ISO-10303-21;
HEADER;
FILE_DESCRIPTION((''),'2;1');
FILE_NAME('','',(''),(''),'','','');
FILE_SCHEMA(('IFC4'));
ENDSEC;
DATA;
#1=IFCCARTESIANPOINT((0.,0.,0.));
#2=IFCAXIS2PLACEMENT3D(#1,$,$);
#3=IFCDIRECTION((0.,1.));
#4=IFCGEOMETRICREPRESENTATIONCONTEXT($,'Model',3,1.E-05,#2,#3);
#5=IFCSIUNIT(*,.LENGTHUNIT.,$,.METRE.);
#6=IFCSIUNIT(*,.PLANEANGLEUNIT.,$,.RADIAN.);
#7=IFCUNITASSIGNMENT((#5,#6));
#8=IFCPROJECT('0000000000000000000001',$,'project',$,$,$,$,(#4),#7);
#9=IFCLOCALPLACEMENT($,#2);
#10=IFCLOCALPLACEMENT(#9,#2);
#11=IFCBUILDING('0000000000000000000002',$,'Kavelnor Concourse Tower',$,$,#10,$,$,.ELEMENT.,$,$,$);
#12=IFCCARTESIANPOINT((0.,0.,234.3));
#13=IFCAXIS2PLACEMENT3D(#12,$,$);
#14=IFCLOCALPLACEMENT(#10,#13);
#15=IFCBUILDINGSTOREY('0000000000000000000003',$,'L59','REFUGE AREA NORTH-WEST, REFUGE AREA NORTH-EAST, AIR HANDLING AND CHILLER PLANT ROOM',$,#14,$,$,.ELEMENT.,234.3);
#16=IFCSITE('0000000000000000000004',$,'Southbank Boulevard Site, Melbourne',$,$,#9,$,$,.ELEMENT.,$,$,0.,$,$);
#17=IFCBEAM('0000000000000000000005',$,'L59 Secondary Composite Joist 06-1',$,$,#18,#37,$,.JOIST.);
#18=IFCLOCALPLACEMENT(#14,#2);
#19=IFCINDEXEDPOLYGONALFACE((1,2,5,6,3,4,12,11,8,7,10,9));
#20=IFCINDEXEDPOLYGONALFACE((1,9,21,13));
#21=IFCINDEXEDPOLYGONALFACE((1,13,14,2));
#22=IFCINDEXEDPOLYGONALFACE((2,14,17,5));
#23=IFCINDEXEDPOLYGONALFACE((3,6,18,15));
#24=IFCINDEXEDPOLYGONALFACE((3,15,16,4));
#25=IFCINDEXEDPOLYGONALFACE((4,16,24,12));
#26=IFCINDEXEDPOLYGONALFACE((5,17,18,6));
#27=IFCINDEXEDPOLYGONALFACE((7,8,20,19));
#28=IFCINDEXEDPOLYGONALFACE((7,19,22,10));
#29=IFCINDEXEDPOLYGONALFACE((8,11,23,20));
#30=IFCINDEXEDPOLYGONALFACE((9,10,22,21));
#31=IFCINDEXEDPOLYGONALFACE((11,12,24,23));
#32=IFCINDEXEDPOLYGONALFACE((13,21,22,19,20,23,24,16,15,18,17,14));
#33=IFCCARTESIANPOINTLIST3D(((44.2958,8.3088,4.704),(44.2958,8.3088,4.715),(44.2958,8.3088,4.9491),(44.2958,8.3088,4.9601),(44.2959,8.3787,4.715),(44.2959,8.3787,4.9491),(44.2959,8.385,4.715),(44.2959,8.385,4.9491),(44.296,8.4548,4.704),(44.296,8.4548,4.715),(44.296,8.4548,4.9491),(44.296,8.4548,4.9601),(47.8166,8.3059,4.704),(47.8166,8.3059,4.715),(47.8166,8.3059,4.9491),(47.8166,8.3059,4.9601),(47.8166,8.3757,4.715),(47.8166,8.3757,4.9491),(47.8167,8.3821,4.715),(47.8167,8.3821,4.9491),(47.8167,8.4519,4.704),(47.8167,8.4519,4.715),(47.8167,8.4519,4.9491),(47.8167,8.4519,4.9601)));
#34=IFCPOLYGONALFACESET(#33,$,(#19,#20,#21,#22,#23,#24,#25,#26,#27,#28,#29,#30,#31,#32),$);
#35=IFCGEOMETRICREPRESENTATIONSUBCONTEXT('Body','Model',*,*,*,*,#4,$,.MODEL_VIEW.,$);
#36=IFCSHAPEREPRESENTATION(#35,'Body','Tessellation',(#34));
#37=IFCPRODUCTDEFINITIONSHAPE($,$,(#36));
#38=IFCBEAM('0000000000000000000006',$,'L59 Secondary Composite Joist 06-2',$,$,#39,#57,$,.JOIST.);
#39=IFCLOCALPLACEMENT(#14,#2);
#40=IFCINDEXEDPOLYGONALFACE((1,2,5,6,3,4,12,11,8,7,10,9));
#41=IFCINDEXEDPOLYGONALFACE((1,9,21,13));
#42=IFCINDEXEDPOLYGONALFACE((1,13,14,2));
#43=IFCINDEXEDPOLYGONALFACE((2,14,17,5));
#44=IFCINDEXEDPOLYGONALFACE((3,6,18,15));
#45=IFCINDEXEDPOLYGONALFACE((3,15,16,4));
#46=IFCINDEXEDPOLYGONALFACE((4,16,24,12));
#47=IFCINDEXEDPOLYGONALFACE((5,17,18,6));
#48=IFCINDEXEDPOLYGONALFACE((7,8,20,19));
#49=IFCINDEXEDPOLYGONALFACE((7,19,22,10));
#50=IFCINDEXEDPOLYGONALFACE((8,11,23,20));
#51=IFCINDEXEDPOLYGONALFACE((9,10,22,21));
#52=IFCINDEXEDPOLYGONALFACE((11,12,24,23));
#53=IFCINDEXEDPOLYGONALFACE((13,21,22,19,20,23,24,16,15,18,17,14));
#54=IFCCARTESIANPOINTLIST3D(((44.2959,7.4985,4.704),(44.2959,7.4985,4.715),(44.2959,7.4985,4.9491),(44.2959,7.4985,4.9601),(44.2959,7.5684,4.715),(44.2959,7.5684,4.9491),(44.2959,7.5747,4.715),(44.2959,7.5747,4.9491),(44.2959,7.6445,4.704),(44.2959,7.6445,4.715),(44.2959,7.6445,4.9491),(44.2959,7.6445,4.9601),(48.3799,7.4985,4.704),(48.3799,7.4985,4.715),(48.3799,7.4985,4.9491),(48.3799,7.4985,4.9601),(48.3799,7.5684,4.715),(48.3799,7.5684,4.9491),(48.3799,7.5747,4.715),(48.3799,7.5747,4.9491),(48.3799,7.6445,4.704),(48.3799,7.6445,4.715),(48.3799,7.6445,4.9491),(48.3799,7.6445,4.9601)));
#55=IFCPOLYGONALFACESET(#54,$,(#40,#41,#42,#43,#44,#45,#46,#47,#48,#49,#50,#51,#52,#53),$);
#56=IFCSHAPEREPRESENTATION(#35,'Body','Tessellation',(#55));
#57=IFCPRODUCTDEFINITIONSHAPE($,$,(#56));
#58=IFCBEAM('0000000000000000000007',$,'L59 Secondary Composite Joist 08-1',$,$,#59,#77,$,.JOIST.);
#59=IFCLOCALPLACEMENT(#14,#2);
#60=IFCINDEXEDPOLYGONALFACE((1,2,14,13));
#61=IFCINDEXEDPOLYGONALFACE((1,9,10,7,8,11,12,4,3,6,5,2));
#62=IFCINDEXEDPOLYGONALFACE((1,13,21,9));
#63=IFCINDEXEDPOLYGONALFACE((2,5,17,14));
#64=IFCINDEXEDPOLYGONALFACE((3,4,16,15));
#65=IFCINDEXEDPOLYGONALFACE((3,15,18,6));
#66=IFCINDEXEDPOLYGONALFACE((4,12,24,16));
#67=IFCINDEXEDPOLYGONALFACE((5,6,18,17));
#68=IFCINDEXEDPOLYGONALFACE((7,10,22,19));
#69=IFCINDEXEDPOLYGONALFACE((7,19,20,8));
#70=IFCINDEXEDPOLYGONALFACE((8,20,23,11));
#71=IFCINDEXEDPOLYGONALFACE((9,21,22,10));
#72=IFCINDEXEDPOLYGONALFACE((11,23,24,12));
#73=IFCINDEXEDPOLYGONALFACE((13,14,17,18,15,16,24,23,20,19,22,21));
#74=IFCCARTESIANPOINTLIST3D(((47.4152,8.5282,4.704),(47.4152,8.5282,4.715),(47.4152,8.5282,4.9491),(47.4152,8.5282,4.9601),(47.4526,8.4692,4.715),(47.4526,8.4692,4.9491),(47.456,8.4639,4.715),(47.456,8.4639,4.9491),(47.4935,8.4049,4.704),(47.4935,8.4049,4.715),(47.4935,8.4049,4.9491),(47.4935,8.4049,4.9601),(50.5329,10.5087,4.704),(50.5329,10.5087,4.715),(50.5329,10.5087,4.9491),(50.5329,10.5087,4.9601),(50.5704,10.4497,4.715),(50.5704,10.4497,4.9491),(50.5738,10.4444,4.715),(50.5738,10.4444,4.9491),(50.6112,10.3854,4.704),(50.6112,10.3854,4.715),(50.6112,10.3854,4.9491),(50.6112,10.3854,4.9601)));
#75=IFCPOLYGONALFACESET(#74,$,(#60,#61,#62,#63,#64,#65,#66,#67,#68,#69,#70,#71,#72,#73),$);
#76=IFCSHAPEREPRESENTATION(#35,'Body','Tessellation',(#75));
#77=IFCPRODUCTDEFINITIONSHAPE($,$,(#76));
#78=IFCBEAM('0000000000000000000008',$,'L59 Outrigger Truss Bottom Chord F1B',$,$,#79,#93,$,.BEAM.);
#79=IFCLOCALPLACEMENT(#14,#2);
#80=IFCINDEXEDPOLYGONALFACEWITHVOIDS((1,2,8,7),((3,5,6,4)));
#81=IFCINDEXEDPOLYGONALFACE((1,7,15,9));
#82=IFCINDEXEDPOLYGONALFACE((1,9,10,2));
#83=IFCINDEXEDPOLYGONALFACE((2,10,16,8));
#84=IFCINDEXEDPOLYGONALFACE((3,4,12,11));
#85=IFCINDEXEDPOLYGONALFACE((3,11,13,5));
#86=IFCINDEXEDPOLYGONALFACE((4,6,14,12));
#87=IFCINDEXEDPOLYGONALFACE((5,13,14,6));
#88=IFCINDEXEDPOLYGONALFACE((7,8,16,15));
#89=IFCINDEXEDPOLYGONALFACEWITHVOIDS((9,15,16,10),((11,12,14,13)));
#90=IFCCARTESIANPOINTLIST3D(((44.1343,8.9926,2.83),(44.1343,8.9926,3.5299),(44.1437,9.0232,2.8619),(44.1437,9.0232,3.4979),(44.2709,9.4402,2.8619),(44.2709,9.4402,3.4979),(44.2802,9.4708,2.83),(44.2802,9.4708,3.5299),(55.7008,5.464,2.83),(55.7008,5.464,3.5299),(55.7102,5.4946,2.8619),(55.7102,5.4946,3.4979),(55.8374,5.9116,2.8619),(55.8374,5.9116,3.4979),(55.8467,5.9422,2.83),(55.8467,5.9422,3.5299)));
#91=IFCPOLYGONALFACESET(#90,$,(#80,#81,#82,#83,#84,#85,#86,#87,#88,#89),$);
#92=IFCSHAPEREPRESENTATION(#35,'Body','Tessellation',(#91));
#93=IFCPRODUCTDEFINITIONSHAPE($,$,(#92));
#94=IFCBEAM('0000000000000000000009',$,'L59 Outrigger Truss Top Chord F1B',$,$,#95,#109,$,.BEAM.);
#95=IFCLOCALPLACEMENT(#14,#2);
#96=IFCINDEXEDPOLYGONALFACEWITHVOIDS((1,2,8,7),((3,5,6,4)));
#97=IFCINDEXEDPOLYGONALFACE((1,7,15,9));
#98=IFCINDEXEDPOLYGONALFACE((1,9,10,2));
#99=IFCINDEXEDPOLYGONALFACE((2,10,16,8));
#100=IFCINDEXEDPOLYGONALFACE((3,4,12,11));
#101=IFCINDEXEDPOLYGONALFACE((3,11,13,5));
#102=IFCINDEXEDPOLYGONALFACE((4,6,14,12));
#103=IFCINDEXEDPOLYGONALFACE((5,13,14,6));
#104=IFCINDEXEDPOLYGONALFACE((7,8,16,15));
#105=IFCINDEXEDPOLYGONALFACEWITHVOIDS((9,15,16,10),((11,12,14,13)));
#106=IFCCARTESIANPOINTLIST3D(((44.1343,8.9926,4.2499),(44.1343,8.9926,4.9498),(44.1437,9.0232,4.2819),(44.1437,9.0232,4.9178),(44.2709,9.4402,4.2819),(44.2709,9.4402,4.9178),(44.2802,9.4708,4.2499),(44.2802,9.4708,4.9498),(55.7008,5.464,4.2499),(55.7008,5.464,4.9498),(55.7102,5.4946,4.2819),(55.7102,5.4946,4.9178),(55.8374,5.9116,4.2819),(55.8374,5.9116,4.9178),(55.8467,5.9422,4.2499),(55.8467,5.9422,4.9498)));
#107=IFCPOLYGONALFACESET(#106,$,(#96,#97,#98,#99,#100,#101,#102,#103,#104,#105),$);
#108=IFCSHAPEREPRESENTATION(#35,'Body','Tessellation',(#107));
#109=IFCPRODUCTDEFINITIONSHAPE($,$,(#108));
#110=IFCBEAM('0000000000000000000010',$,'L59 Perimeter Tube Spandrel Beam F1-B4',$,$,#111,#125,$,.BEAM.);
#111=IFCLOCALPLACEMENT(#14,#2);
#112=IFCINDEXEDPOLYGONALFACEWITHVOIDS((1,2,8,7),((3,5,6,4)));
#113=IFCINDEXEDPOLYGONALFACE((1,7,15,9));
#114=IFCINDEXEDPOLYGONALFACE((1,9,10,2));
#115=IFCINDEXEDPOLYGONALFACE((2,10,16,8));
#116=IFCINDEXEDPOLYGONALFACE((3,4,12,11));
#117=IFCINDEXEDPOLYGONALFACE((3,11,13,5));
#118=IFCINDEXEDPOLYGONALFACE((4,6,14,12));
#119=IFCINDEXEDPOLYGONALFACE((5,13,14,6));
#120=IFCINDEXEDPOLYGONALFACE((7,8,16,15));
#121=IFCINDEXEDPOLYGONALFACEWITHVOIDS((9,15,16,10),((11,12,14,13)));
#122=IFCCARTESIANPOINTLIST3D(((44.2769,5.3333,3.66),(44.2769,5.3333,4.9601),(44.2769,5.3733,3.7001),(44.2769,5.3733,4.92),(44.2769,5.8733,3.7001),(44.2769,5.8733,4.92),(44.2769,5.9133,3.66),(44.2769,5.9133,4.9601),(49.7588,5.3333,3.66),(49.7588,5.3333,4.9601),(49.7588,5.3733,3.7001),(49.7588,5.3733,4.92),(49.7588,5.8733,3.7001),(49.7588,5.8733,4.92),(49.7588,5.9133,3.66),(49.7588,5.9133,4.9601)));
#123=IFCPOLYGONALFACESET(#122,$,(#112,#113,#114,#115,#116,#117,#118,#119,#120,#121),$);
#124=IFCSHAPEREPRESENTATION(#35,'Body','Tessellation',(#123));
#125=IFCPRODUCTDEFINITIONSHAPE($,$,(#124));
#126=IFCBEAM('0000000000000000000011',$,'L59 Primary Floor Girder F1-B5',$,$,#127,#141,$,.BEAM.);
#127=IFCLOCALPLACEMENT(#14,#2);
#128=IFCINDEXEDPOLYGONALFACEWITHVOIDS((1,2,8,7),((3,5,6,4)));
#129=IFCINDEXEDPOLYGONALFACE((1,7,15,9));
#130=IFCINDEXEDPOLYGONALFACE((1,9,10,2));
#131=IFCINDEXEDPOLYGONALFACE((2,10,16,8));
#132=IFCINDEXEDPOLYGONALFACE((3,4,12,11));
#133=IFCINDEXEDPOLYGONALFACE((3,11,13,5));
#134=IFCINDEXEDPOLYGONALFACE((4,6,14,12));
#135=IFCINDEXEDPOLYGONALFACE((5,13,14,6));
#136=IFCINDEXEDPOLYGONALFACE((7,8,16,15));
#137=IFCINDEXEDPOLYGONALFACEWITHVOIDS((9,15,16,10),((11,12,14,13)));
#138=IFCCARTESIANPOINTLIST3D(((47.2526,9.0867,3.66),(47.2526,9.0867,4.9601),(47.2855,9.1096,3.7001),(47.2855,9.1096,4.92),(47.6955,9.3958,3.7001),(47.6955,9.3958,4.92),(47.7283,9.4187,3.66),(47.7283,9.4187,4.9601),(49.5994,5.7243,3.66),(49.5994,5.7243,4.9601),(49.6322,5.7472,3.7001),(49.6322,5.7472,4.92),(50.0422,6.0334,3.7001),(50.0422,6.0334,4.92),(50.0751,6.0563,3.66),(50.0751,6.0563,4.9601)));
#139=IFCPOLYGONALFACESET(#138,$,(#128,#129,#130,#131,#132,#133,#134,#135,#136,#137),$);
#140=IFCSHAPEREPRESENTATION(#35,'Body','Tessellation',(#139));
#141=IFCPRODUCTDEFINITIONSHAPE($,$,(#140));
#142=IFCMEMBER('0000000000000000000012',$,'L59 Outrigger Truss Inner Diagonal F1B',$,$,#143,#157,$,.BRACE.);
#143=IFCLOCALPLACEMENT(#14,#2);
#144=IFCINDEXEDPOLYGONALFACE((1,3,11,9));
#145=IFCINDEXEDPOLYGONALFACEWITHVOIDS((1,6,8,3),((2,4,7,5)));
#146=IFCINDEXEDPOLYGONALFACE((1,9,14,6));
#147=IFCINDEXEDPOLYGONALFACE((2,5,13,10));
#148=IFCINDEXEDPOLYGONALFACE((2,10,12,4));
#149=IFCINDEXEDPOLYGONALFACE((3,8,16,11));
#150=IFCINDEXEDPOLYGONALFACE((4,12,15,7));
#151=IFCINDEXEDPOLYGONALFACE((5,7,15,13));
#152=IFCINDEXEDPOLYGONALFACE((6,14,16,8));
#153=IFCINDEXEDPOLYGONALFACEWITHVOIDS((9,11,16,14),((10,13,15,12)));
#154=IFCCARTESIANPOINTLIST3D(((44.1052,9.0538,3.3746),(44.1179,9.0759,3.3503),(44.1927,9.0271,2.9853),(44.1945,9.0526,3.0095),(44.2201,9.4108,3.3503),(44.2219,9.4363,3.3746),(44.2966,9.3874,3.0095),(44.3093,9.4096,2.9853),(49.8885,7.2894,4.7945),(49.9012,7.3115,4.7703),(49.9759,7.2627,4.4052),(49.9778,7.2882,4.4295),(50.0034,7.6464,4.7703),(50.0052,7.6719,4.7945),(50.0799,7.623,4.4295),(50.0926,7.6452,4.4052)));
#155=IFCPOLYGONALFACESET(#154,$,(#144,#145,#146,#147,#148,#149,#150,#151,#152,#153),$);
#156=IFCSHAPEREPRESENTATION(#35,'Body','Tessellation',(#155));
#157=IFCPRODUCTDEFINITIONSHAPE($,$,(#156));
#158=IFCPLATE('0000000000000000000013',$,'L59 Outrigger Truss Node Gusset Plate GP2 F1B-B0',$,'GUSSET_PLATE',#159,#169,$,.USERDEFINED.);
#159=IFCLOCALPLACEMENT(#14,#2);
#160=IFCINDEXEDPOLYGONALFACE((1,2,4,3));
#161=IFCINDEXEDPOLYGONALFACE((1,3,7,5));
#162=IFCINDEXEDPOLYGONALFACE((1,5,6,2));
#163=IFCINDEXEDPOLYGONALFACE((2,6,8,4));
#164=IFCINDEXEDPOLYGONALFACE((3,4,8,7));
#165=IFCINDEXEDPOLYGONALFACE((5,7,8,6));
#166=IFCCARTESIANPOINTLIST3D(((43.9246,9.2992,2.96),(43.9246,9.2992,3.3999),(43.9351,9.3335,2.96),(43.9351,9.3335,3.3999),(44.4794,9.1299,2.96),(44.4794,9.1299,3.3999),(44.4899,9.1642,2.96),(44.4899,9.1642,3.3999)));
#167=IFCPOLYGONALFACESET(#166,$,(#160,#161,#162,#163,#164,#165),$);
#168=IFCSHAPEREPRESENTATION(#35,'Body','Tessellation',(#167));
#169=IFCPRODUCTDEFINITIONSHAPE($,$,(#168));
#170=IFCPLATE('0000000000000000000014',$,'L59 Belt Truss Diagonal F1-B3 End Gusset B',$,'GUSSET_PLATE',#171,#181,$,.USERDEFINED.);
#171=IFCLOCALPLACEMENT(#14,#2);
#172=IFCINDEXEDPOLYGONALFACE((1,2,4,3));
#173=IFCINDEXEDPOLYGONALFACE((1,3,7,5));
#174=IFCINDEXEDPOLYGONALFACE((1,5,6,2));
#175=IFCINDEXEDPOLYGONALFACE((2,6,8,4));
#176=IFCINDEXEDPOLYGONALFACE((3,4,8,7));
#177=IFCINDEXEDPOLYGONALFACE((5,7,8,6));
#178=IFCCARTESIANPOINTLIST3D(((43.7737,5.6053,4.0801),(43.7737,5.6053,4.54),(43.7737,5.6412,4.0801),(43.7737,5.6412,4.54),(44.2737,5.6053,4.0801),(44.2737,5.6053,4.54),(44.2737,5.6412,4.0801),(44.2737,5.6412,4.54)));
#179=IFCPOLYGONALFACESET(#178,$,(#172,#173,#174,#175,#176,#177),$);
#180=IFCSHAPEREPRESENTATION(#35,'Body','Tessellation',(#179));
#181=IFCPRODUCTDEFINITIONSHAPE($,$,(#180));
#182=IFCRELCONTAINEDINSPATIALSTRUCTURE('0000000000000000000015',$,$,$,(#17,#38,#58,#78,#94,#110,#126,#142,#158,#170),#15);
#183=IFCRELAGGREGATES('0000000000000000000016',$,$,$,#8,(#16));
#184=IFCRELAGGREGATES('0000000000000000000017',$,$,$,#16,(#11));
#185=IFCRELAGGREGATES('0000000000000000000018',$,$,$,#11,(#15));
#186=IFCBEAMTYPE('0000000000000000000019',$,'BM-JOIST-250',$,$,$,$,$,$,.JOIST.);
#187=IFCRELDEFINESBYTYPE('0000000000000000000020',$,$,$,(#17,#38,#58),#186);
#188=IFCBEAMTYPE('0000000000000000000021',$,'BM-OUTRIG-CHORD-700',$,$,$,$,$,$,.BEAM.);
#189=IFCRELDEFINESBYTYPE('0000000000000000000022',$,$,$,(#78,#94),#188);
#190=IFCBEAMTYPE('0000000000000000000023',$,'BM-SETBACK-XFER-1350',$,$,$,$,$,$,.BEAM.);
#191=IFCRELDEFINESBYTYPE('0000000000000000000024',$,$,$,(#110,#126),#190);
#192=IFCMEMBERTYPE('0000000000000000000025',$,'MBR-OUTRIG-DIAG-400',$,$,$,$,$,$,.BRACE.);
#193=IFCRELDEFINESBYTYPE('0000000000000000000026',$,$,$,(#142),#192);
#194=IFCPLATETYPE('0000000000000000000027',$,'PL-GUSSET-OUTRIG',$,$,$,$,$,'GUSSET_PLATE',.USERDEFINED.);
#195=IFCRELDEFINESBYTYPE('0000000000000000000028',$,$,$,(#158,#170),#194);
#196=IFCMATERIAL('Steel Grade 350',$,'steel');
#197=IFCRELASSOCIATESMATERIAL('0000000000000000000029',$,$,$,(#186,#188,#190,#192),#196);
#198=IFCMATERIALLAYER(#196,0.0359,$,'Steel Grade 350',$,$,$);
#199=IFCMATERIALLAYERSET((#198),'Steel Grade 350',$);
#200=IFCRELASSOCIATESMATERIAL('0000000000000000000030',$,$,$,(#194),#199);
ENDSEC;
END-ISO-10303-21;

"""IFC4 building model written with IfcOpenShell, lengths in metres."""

from ifc_helpers import new_model, si_unit, direction, frame, origin, origin_2d, place, context, subcontext, project, spatial, rectangle, hollow_rectangle, i_section, extrude, material, layer, layer_set, material_profile, profile_set, type_object, element, save


model = new_model("IFC4")

# Units and contexts
model_context = context("Model", 3, precision=1e-05, world=origin(), true_north=direction((0.0, 1.0)))
body_context = subcontext(model_context, "Body", "Model", "MODEL_VIEW")
ifc_project = project(units=[si_unit("LENGTHUNIT", "METRE"), si_unit("PLANEANGLEUNIT", "RADIAN")], contexts=[model_context])

# Site, building, storey
site_placement = place(None, origin())
site = spatial("IfcSite", under=ifc_project, at=site_placement, Name="Southbank Boulevard Site, Melbourne", CompositionType="ELEMENT", RefElevation=0.0)
building_placement = place(site_placement, origin())
building = spatial("IfcBuilding", under=site, at=building_placement, Name="Kavelnor Concourse Tower", CompositionType="ELEMENT")
storey_placement = place(building_placement, frame((0.0, 0.0, 234.3)))
storey = spatial("IfcBuildingStorey", under=building, at=storey_placement, Name="L59", Description="REFUGE AREA NORTH-WEST, REFUGE AREA NORTH-EAST, AIR HANDLING AND CHILLER PLANT ROOM", CompositionType="ELEMENT", Elevation=234.3)

# Beams
ifc_material_1 = material(Name="Steel Grade 350", Category="steel")
ifc_material_profile_1 = material_profile(ifc_material_1, i_section(OverallWidth=0.146, OverallDepth=0.2561, WebThickness=0.0063, FlangeThickness=0.011, at=origin_2d()), Name="250UB37")
ifc_profile_set_1 = profile_set([ifc_material_profile_1], Name="Steel Grade 350")
beam_type_1 = type_object("IfcBeamType", Name="BM-JOIST-250", PredefinedType="JOIST", material=ifc_profile_set_1)
beam_1_placement = place(storey_placement, frame((44.2959, 8.3818, 4.832), z_axis=(1.0, -0.000832, 0.0), x_axis=(0.000832, 1.0, 0.0)))
element("IfcBeam", 1, at=beam_1_placement, inside=storey, type_object=beam_type_1, Name="L59 Secondary Composite Joist 06-1", PredefinedType="JOIST", context=body_context, shape_type="SweptSolid", body=[
    extrude(i_section(OverallWidth=0.146, OverallDepth=0.2561, WebThickness=0.0063, FlangeThickness=0.011, at=origin_2d()), origin(), (0.0, 0.0, 1.0), 3.5208),
])
beam_2_placement = place(storey_placement, frame((44.2959, 7.5715, 4.832), z_axis=(1.0, 0.0, 0.0), x_axis=(0.0, 1.0, 0.0)))
element("IfcBeam", 2, at=beam_2_placement, inside=storey, type_object=beam_type_1, Name="L59 Secondary Composite Joist 06-2", PredefinedType="JOIST", context=body_context, shape_type="SweptSolid", body=[
    extrude(i_section(OverallWidth=0.146, OverallDepth=0.2561, WebThickness=0.0063, FlangeThickness=0.011, at=origin_2d()), origin(), (0.0, 0.0, 1.0), 4.084),
])
beam_3_placement = place(storey_placement, frame((47.4543, 8.4666, 4.832), z_axis=(0.844091, 0.5362, 0.0), x_axis=(-0.5362, 0.844091, 0.0)))
element("IfcBeam", 3, at=beam_3_placement, inside=storey, type_object=beam_type_1, Name="L59 Secondary Composite Joist 08-1", PredefinedType="JOIST", context=body_context, shape_type="SweptSolid", body=[
    extrude(i_section(OverallWidth=0.146, OverallDepth=0.2561, WebThickness=0.0063, FlangeThickness=0.011, at=origin_2d()), origin(), (0.0, 0.0, 1.0), 3.6936),
])
ifc_material_profile_2 = material_profile(ifc_material_1, hollow_rectangle(XDim=0.5, YDim=0.7, WallThickness=0.032, at=origin_2d()), Name="RHS 700x500x32")
ifc_profile_set_2 = profile_set([ifc_material_profile_2], Name="Steel Grade 350")
beam_type_2 = type_object("IfcBeamType", Name="BM-OUTRIG-CHORD-700", PredefinedType="BEAM", material=ifc_profile_set_2)
for number, where, z_axis, x_axis, name in (
    (4, (44.2073, 9.2317, 3.1799), (0.956481, -0.291794, 0.0), (0.291794, 0.956481, 0.0), "L59 Outrigger Truss Bottom Chord F1B"),
    (5, (44.2073, 9.2317, 4.5999), (0.956481, -0.291794, 0.0), (0.291794, 0.956481, 0.0), "L59 Outrigger Truss Top Chord F1B"),
):
    element("IfcBeam", number, at=place(storey_placement, frame(where, z_axis=z_axis, x_axis=x_axis)), inside=storey, type_object=beam_type_2, Name=name, PredefinedType="BEAM", context=body_context, shape_type="SweptSolid", body=[
        extrude(hollow_rectangle(XDim=0.5, YDim=0.7, WallThickness=0.032, at=origin_2d()), origin(), (0.0, 0.0, 1.0), 12.0928),
    ])
ifc_material_profile_3 = material_profile(ifc_material_1, hollow_rectangle(XDim=0.5801, YDim=1.3, WallThickness=0.04, at=origin_2d()), Name="RHS 1300x580x40")
ifc_profile_set_3 = profile_set([ifc_material_profile_3], Name="Steel Grade 350")
beam_type_3 = type_object("IfcBeamType", Name="BM-SETBACK-XFER-1350", PredefinedType="BEAM", material=ifc_profile_set_3)
beam_4_placement = place(storey_placement, frame((44.2769, 5.6233, 4.3101), z_axis=(1.0, 0.0, 0.0), x_axis=(0.0, 1.0, 0.0)))
element("IfcBeam", 6, at=beam_4_placement, inside=storey, type_object=beam_type_3, Name="L59 Perimeter Tube Spandrel Beam F1-B4", PredefinedType="BEAM", context=body_context, shape_type="SweptSolid", body=[
    extrude(hollow_rectangle(XDim=0.5801, YDim=1.3, WallThickness=0.04, at=origin_2d()), origin(), (0.0, 0.0, 1.0), 5.4819),
])
beam_5_placement = place(storey_placement, frame((47.4905, 9.2527, 4.3101), z_axis=(0.572327, -0.820026, 0.0), x_axis=(0.820026, 0.572327, 0.0)))
element("IfcBeam", 7, at=beam_5_placement, inside=storey, type_object=beam_type_3, Name="L59 Primary Floor Girder F1-B5", PredefinedType="BEAM", context=body_context, shape_type="SweptSolid", body=[
    extrude(hollow_rectangle(XDim=0.5801, YDim=1.3, WallThickness=0.04, at=origin_2d()), origin(), (0.0, 0.0, 1.0), 4.1003),
])

# Member
ifc_material_profile_4 = material_profile(ifc_material_1, hollow_rectangle(XDim=0.3999, YDim=0.3999, WallThickness=0.0249, at=origin_2d()), Name="SHS 400x400x25")
ifc_profile_set_4 = profile_set([ifc_material_profile_4], Name="Steel Grade 350")
member_type = type_object("IfcMemberType", Name="MBR-OUTRIG-DIAG-400", PredefinedType="BRACE", material=ifc_profile_set_4)
member_placement = place(storey_placement, frame((44.2073, 9.2317, 3.1799), z_axis=(0.931144, -0.284084, 0.228619), x_axis=(0.291812, 0.956476, 0.0)))
element("IfcMember", 8, at=member_placement, inside=storey, type_object=member_type, Name="L59 Outrigger Truss Inner Diagonal F1B", PredefinedType="BRACE", context=body_context, shape_type="SweptSolid", body=[
    extrude(hollow_rectangle(XDim=0.3999, YDim=0.3999, WallThickness=0.0249, at=origin_2d()), origin(), (0.0, 0.0, 1.0), 6.2109),
])

# Plates
ifc_layer_1 = layer(ifc_material_1, 0.0359, Name="Steel Grade 350")
ifc_layer_set_1 = layer_set([ifc_layer_1], Name="Steel Grade 350")
plate_type = type_object("IfcPlateType", Name="PL-GUSSET-OUTRIG", ElementType="GUSSET_PLATE", PredefinedType="USERDEFINED", material=ifc_layer_set_1)
plate_1_placement = place(storey_placement, frame((44.2073, 9.2317, 2.96), z_axis=(0.0, 0.0, 1.0), x_axis=(0.956458, -0.291871, 0.0)))
element("IfcPlate", 9, at=plate_1_placement, inside=storey, type_object=plate_type, Name="L59 Outrigger Truss Node Gusset Plate GP2 F1B-B0", ObjectType="GUSSET_PLATE", PredefinedType="USERDEFINED", context=body_context, shape_type="SweptSolid", body=[
    extrude(rectangle(XDim=0.5801, YDim=0.0359, at=origin_2d()), origin(), (0.0, 0.0, 1.0), 0.4399),
])
plate_2_placement = place(storey_placement, frame((44.0237, 5.6233, 4.0801), z_axis=(0.0, 0.0, 1.0), x_axis=(1.0, 0.0, 0.0)))
element("IfcPlate", 10, at=plate_2_placement, inside=storey, type_object=plate_type, Name="L59 Belt Truss Diagonal F1-B3 End Gusset B", ObjectType="GUSSET_PLATE", PredefinedType="USERDEFINED", context=body_context, shape_type="SweptSolid", body=[
    extrude(rectangle(XDim=0.5, YDim=0.0359, at=origin_2d()), origin(), (0.0, 0.0, 1.0), 0.46),
])

save(model, "model.ifc")
